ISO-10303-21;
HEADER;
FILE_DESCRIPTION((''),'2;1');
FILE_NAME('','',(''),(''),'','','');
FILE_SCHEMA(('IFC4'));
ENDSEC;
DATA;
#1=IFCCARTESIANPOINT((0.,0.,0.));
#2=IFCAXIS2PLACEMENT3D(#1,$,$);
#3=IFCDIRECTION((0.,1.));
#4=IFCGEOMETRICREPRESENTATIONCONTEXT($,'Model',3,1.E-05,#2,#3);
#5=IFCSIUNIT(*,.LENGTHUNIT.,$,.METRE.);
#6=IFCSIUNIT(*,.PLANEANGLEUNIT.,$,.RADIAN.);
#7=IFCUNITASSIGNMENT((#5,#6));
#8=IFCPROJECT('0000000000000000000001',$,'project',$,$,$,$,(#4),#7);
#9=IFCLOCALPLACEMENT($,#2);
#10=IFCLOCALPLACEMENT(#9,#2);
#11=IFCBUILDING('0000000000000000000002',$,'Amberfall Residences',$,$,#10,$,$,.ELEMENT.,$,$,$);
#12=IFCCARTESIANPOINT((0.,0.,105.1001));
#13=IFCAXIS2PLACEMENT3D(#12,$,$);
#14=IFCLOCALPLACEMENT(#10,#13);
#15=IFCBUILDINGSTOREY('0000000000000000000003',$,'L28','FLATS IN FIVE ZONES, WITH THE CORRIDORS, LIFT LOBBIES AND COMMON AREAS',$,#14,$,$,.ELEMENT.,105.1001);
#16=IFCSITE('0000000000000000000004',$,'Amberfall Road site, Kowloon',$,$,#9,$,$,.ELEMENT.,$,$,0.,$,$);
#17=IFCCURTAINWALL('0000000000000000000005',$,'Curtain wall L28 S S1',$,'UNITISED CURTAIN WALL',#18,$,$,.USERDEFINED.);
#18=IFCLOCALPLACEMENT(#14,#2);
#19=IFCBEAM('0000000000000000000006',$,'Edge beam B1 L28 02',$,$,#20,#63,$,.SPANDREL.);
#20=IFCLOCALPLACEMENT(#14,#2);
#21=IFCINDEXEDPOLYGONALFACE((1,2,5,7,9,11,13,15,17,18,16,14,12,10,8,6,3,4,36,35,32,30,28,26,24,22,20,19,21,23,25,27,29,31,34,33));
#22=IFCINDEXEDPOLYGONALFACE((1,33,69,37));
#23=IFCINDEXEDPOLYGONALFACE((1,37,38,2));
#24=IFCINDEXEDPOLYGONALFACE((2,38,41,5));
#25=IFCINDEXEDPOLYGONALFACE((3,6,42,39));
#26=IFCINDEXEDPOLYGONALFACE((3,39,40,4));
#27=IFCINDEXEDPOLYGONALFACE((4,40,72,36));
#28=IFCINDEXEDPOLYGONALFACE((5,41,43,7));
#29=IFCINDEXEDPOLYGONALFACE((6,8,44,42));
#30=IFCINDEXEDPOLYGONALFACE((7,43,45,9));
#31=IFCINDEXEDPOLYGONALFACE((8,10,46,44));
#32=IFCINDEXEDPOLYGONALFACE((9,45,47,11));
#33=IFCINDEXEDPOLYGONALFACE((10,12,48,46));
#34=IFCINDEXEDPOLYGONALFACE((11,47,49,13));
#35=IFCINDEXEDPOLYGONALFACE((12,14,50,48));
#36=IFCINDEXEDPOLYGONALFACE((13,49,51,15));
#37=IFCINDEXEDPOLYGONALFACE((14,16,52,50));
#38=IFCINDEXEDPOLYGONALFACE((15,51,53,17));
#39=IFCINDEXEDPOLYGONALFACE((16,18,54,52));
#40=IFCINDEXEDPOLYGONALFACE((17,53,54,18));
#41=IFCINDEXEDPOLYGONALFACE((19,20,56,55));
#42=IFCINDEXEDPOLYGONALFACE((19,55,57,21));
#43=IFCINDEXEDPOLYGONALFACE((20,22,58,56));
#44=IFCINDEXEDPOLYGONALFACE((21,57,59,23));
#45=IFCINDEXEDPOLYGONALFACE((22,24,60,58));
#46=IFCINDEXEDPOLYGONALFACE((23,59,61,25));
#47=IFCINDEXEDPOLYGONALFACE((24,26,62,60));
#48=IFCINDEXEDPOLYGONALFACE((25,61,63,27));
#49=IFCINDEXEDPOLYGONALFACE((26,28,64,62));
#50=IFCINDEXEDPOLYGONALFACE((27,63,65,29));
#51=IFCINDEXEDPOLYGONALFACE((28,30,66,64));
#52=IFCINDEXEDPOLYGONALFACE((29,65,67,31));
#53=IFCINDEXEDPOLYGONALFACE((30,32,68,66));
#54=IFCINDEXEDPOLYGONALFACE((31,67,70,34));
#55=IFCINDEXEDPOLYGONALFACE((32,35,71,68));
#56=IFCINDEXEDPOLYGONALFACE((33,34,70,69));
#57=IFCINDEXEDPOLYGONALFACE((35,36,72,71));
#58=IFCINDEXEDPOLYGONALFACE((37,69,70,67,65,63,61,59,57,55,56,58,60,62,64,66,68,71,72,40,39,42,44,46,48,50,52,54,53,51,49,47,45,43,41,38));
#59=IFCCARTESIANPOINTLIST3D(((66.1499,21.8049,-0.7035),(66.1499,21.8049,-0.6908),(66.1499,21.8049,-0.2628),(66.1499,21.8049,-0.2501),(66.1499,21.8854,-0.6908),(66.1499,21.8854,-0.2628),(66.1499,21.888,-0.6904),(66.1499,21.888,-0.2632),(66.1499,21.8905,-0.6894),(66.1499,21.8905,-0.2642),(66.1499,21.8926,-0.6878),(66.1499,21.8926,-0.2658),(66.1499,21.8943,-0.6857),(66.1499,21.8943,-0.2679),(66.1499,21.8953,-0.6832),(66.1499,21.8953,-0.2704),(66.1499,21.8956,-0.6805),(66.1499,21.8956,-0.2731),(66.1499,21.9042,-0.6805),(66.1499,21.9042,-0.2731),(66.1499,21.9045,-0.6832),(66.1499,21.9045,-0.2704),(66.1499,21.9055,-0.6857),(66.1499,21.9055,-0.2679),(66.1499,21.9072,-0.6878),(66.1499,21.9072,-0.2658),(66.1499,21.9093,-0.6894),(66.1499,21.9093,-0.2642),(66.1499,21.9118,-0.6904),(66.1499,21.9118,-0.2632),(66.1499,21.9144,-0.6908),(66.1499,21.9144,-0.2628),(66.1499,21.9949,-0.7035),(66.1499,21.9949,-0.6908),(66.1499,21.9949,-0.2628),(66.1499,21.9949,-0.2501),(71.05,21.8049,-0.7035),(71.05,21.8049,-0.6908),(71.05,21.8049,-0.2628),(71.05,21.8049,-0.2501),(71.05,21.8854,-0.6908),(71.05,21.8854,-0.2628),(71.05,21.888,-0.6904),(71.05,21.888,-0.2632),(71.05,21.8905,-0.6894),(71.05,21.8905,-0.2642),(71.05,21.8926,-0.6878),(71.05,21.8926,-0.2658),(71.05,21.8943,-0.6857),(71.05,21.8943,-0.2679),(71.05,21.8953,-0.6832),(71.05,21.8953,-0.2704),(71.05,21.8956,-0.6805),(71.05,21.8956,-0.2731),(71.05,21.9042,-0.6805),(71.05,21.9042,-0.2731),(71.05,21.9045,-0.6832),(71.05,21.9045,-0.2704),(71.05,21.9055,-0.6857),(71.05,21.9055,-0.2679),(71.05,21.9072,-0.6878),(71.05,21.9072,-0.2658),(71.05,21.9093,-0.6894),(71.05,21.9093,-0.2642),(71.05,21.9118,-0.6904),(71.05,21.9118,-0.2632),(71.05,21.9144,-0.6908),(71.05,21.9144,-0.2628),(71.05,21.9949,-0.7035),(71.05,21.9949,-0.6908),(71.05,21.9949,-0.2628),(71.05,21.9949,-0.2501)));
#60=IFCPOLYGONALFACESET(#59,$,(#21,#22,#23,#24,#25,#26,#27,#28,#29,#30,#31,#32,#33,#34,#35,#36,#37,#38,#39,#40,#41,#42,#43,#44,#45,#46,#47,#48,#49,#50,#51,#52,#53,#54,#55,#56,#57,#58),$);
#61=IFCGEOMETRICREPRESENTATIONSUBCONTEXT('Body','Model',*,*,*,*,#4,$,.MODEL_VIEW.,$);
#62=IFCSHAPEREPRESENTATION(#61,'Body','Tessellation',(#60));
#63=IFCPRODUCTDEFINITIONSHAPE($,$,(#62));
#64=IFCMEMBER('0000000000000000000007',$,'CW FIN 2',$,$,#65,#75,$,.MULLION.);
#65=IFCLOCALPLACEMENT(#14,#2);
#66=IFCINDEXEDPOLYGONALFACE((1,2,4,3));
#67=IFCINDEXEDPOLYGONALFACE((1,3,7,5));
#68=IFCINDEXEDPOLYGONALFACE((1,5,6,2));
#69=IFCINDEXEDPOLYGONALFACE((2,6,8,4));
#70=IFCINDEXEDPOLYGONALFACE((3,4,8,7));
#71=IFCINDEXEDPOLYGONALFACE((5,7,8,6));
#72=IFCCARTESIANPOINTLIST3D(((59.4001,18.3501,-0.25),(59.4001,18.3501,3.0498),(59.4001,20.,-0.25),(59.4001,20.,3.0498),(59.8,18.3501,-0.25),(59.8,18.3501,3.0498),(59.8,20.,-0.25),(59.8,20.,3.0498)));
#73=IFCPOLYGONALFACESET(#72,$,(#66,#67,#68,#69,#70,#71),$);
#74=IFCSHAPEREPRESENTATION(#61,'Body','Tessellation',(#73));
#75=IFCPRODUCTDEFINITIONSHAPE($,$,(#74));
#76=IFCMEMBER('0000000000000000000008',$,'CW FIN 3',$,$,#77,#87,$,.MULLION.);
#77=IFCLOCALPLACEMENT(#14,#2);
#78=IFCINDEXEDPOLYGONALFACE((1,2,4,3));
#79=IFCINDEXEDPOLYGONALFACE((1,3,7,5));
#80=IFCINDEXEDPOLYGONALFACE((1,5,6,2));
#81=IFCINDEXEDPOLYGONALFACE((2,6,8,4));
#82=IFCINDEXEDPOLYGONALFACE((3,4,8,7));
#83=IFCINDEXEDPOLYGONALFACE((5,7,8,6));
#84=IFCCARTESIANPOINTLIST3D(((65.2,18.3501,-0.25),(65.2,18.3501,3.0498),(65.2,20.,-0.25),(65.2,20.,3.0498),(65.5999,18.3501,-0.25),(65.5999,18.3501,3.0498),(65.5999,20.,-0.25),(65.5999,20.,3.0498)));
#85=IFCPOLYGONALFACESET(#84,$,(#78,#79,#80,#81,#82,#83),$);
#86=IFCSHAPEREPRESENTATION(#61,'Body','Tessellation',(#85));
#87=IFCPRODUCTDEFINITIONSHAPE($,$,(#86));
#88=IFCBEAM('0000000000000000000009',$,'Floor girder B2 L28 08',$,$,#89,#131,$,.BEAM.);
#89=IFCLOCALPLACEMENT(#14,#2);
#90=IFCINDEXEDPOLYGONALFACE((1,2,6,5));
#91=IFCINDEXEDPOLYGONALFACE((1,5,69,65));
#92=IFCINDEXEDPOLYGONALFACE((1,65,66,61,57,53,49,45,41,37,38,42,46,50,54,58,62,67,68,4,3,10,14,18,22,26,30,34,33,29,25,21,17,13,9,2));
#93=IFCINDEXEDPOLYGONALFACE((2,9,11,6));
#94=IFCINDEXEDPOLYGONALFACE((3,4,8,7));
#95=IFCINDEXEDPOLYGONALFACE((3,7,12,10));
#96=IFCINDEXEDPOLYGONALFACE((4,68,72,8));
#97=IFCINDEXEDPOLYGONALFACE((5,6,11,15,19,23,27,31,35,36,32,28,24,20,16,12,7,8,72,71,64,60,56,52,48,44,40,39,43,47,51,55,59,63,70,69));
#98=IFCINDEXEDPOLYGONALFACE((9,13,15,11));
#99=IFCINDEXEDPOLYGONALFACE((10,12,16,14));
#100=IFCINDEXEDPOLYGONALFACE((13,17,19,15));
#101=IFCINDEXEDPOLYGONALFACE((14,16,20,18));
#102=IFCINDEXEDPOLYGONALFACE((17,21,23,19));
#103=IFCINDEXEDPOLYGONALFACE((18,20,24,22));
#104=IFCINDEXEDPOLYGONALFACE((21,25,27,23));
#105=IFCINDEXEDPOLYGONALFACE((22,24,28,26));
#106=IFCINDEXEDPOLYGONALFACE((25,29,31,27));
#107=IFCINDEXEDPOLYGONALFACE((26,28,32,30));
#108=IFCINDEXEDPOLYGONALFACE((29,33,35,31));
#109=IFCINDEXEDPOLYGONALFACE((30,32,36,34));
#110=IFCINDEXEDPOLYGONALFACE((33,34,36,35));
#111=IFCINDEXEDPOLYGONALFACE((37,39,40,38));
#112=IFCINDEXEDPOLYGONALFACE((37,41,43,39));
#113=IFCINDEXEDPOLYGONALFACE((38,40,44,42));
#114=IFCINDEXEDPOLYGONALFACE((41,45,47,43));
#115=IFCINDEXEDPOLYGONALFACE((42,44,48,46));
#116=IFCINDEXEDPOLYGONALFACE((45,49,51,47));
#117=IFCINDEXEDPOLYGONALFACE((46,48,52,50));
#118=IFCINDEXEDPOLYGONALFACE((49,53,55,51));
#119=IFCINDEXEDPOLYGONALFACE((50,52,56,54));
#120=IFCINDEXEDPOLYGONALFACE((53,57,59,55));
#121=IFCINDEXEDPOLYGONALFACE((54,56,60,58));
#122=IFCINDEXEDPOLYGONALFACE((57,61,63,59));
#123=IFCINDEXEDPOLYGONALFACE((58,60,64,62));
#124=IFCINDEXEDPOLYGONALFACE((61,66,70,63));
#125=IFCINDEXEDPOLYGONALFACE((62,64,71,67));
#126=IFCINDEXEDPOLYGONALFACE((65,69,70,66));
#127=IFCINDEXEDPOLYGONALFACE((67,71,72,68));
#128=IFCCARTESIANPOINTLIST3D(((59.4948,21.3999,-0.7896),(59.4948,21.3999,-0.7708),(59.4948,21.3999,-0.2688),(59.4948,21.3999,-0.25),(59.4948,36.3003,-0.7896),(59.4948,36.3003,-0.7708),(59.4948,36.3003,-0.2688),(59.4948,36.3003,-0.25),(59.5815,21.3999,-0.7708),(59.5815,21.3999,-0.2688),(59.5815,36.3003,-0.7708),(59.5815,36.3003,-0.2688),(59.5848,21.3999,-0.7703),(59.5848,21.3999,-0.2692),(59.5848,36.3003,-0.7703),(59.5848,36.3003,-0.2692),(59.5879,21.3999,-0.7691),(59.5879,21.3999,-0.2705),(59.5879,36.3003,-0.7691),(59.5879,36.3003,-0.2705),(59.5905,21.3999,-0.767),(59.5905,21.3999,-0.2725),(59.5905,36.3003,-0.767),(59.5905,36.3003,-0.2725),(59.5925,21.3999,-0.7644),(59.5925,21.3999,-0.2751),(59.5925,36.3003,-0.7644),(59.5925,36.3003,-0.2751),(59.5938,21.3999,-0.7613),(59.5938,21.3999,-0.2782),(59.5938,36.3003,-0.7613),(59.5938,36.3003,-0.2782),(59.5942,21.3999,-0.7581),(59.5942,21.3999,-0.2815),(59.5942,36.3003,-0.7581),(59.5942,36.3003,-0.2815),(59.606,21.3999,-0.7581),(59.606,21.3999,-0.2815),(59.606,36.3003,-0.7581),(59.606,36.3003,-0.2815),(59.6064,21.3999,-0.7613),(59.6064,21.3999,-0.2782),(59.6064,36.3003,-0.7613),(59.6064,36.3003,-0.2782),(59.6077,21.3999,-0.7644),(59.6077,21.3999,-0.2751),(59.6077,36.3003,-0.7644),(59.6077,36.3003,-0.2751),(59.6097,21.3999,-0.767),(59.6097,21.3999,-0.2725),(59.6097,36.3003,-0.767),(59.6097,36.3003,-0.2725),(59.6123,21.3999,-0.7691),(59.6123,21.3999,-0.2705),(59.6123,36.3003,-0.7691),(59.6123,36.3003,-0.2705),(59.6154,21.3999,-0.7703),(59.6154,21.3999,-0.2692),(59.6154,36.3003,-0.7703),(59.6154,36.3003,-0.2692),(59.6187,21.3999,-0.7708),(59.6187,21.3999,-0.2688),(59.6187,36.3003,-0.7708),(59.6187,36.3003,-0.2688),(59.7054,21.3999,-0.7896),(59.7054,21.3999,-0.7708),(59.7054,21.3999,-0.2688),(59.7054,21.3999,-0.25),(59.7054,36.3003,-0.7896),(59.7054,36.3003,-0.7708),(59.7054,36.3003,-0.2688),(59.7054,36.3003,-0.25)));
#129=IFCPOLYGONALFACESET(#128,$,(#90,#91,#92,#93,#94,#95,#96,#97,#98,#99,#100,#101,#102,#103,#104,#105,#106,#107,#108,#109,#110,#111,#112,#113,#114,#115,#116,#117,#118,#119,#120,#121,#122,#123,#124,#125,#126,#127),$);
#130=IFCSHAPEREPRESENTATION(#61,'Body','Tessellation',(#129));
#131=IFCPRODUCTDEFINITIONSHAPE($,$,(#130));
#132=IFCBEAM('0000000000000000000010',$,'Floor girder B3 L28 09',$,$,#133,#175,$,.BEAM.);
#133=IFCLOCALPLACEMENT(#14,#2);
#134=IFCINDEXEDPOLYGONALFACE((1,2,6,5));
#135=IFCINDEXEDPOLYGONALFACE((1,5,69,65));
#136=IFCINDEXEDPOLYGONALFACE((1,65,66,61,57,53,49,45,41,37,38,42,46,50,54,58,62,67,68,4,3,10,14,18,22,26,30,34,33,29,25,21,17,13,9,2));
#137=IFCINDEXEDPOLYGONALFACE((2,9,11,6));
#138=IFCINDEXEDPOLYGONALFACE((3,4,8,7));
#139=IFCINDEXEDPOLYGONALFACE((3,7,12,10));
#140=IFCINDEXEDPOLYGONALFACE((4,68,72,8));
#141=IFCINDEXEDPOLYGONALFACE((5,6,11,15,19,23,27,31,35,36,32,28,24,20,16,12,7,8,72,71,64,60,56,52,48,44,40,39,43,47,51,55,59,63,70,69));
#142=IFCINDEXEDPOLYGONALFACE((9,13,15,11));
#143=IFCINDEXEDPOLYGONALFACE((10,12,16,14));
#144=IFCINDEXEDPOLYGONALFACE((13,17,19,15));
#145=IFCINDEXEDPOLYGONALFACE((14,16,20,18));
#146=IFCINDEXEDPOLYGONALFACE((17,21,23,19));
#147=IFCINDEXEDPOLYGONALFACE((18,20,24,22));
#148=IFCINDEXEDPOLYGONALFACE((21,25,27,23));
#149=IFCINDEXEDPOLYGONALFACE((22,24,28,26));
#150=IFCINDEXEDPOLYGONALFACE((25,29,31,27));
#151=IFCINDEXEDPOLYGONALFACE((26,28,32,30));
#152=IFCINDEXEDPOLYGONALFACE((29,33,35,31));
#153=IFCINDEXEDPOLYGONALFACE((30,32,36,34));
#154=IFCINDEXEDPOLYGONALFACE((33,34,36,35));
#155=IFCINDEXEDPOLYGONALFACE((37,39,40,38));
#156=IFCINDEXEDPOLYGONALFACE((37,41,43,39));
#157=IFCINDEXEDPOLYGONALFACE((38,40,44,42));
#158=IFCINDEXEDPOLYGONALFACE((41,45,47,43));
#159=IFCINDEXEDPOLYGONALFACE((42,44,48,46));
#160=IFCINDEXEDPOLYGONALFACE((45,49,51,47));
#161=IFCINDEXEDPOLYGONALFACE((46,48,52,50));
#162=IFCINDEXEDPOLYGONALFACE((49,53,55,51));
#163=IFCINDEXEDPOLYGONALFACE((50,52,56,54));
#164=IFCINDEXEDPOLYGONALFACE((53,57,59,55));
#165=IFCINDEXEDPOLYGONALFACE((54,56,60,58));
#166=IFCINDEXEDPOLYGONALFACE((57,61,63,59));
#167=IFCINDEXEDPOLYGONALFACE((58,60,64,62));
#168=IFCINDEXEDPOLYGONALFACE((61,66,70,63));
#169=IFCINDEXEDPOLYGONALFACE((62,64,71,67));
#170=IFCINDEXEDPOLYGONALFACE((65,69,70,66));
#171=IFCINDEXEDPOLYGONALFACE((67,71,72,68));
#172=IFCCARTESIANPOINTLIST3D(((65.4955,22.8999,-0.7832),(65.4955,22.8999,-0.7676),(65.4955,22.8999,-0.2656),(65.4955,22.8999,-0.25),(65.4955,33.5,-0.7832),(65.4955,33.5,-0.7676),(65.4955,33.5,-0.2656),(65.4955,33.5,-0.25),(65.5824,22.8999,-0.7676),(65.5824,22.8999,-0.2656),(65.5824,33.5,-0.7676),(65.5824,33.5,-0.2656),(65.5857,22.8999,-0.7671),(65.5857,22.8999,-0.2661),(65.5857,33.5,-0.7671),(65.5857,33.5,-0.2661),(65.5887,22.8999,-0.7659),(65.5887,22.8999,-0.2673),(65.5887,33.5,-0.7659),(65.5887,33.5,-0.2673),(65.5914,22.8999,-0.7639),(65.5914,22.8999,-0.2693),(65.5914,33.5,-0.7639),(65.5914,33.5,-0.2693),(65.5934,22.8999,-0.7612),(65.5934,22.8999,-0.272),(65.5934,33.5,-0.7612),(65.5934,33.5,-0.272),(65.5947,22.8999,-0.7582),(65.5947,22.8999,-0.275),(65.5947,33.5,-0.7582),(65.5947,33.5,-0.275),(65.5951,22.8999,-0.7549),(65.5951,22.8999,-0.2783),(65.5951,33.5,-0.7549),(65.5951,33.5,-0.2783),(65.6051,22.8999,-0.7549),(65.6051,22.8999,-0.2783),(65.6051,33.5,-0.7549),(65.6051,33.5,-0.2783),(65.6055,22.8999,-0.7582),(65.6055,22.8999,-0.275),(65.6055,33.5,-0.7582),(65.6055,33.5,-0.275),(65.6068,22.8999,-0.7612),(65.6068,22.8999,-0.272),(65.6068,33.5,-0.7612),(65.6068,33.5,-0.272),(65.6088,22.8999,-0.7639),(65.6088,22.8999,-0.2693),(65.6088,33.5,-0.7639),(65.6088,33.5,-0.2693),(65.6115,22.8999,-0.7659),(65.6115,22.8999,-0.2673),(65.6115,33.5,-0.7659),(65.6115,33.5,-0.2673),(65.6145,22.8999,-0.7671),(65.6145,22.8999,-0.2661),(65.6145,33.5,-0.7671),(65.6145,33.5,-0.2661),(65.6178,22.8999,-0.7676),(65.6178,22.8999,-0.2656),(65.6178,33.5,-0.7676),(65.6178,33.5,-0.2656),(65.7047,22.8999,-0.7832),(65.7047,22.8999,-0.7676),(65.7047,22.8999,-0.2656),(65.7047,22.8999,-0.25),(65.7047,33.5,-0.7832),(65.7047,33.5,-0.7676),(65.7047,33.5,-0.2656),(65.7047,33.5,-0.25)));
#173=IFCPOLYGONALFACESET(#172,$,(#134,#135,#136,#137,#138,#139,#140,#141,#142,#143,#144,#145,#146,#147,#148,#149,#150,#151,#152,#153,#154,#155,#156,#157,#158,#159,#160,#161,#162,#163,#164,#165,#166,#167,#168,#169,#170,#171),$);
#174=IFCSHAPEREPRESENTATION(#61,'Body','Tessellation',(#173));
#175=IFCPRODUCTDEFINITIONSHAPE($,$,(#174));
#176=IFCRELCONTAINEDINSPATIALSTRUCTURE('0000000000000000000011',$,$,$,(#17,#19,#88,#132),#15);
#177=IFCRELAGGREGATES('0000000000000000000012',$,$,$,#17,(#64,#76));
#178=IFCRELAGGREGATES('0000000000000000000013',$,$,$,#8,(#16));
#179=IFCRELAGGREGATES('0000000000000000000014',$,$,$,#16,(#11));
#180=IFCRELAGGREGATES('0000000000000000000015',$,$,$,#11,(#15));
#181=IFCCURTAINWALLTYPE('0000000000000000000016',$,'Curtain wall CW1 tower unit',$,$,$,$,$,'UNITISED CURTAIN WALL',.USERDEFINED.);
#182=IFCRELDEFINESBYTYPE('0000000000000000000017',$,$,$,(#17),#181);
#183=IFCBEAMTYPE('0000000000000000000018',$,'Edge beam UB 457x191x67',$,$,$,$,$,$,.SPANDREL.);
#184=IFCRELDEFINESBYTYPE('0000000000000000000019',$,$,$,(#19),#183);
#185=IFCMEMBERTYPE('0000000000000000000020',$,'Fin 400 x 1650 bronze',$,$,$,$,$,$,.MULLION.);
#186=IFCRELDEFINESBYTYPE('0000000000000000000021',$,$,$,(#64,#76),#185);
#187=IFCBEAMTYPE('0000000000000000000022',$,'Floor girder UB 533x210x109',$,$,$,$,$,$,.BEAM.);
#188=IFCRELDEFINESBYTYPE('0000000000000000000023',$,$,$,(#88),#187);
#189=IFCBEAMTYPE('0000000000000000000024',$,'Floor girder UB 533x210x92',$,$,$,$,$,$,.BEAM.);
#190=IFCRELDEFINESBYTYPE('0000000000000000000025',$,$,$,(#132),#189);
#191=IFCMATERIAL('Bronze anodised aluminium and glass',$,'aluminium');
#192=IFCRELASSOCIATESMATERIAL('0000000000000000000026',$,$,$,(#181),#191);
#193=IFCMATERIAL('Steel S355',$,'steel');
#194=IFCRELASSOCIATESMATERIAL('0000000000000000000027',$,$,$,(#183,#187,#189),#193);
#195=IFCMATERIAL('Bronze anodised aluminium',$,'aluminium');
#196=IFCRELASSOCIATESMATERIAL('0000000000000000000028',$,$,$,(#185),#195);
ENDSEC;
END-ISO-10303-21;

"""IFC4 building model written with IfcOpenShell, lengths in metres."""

from ifc_helpers import new_model, si_unit, direction, frame, origin, origin_2d, place, context, subcontext, project, spatial, rectangle, i_section, extrude, material, material_profile, profile_set, type_object, element, aggregate, save


model = new_model("IFC4")

# Units and contexts
model_context = context("Model", 3, precision=1e-05, world=origin(), true_north=direction((0.0, 1.0)))
body_context = subcontext(model_context, "Body", "Model", "MODEL_VIEW")
ifc_project = project(units=[si_unit("LENGTHUNIT", "METRE"), si_unit("PLANEANGLEUNIT", "RADIAN")], contexts=[model_context])

# Site, building, storey
site_placement = place(None, origin())
site = spatial("IfcSite", under=ifc_project, at=site_placement, Name="Amberfall Road site, Kowloon", CompositionType="ELEMENT", RefElevation=0.0)
building_placement = place(site_placement, origin())
building = spatial("IfcBuilding", under=site, at=building_placement, Name="Amberfall Residences", CompositionType="ELEMENT")
storey_placement = place(building_placement, frame((0.0, 0.0, 105.1001)))
storey = spatial("IfcBuildingStorey", under=building, at=storey_placement, Name="L28", Description="FLATS IN FIVE ZONES, WITH THE CORRIDORS, LIFT LOBBIES AND COMMON AREAS", CompositionType="ELEMENT", Elevation=105.1001)

# Curtain wall
ifc_material_1 = material(Name="Bronze anodised aluminium and glass", Category="aluminium")
curtain_wall_type = type_object("IfcCurtainWallType", Name="Curtain wall CW1 tower unit", ElementType="UNITISED CURTAIN WALL", PredefinedType="USERDEFINED", material=ifc_material_1)
curtain_wall_placement = place(storey_placement, origin())
curtain_wall = element("IfcCurtainWall", 1, at=curtain_wall_placement, inside=storey, type_object=curtain_wall_type, Name="Curtain wall L28 S S1", ObjectType="UNITISED CURTAIN WALL", PredefinedType="USERDEFINED")
ifc_material_2 = material(Name="Bronze anodised aluminium", Category="aluminium")

# Beam
ifc_material_3 = material(Name="Steel S355", Category="steel")
ifc_material_profile_1 = material_profile(ifc_material_3, i_section(OverallWidth=0.1899, OverallDepth=0.4534, WebThickness=0.0085, FlangeThickness=0.0127, FilletRadius=0.0103, at=origin_2d()), Name="UB 457x191x67")
ifc_profile_set_1 = profile_set([ifc_material_profile_1], Name="Steel S355")
beam_type_1 = type_object("IfcBeamType", Name="Edge beam UB 457x191x67", PredefinedType="SPANDREL", material=ifc_profile_set_1)
beam_1_placement = place(storey_placement, frame((66.1499, 21.8999, -0.4768), z_axis=(1.0, 0.0, 0.0), x_axis=(0.0, 1.0, 0.0)))
element("IfcBeam", 2, at=beam_1_placement, inside=storey, type_object=beam_type_1, Name="Edge beam B1 L28 02", PredefinedType="SPANDREL", context=body_context, shape_type="SweptSolid", body=[
    extrude(i_section(OverallWidth=0.1899, OverallDepth=0.4534, WebThickness=0.0085, FlangeThickness=0.0127, FilletRadius=0.0103, at=origin_2d()), origin(), (0.0, 0.0, 1.0), 4.9001),
])

# Members
ifc_material_profile_2 = material_profile(ifc_material_2, rectangle(XDim=1.6499, YDim=0.3999, at=origin_2d()), Name="Fin 400 x 1650 bronze")
ifc_profile_set_2 = profile_set([ifc_material_profile_2], Name="Bronze anodised aluminium")
member_type_1 = type_object("IfcMemberType", Name="Fin 400 x 1650 bronze", PredefinedType="MULLION", material=ifc_profile_set_2)
member_1_placement = place(storey_placement, frame((59.6001, 19.175, -0.25), z_axis=(0.0, 0.0, 1.0), x_axis=(0.0, 1.0, 0.0)))
member_1 = element("IfcMember", 3, at=member_1_placement, type_object=member_type_1, Name="CW FIN 2", PredefinedType="MULLION", context=body_context, shape_type="SweptSolid", body=[
    extrude(rectangle(XDim=1.6499, YDim=0.3999, at=origin_2d()), origin(), (0.0, 0.0, 1.0), 3.2998),
])
member_2_placement = place(storey_placement, frame((65.3999, 19.175, -0.25), z_axis=(0.0, 0.0, 1.0), x_axis=(0.0, 1.0, 0.0)))
member_2 = element("IfcMember", 4, at=member_2_placement, type_object=member_type_1, Name="CW FIN 3", PredefinedType="MULLION", context=body_context, shape_type="SweptSolid", body=[
    extrude(rectangle(XDim=1.6499, YDim=0.3999, at=origin_2d()), origin(), (0.0, 0.0, 1.0), 3.2998),
])

# Beams
ifc_material_profile_3 = material_profile(ifc_material_3, i_section(OverallWidth=0.2107, OverallDepth=0.5396, WebThickness=0.0117, FlangeThickness=0.0188, FilletRadius=0.0127, at=origin_2d()), Name="UB 533x210x109")
ifc_profile_set_3 = profile_set([ifc_material_profile_3], Name="Steel S355")
beam_type_2 = type_object("IfcBeamType", Name="Floor girder UB 533x210x109", PredefinedType="BEAM", material=ifc_profile_set_3)
beam_2_placement = place(storey_placement, frame((59.6001, 21.3999, -0.5198), z_axis=(0.0, 1.0, 0.0), x_axis=(-1.0, 0.0, 0.0)))
element("IfcBeam", 5, at=beam_2_placement, inside=storey, type_object=beam_type_2, Name="Floor girder B2 L28 08", PredefinedType="BEAM", context=body_context, shape_type="SweptSolid", body=[
    extrude(i_section(OverallWidth=0.2107, OverallDepth=0.5396, WebThickness=0.0117, FlangeThickness=0.0188, FilletRadius=0.0127, at=origin_2d()), origin(), (0.0, 0.0, 1.0), 14.9004),
])
ifc_material_profile_4 = material_profile(ifc_material_3, i_section(OverallWidth=0.2092, OverallDepth=0.5332, WebThickness=0.01, FlangeThickness=0.0156, FilletRadius=0.0127, at=origin_2d()), Name="UB 533x210x92")
ifc_profile_set_4 = profile_set([ifc_material_profile_4], Name="Steel S355")
beam_type_3 = type_object("IfcBeamType", Name="Floor girder UB 533x210x92", PredefinedType="BEAM", material=ifc_profile_set_4)
for number, where, z_axis, x_axis, name in (
    (6, (65.6001, 22.8999, -0.5166), (0.0, 1.0, 0.0), (-1.0, 0.0, 0.0), "Floor girder B3 L28 09"),
):
    element("IfcBeam", number, at=place(storey_placement, frame(where, z_axis=z_axis, x_axis=x_axis)), inside=storey, type_object=beam_type_3, Name=name, PredefinedType="BEAM", context=body_context, shape_type="SweptSolid", body=[
        extrude(i_section(OverallWidth=0.2092, OverallDepth=0.5332, WebThickness=0.01, FlangeThickness=0.0156, FilletRadius=0.0127, at=origin_2d()), origin(), (0.0, 0.0, 1.0), 10.6001),
    ])

aggregate(curtain_wall, [member_1, member_2])

save(model, "model.ifc")
